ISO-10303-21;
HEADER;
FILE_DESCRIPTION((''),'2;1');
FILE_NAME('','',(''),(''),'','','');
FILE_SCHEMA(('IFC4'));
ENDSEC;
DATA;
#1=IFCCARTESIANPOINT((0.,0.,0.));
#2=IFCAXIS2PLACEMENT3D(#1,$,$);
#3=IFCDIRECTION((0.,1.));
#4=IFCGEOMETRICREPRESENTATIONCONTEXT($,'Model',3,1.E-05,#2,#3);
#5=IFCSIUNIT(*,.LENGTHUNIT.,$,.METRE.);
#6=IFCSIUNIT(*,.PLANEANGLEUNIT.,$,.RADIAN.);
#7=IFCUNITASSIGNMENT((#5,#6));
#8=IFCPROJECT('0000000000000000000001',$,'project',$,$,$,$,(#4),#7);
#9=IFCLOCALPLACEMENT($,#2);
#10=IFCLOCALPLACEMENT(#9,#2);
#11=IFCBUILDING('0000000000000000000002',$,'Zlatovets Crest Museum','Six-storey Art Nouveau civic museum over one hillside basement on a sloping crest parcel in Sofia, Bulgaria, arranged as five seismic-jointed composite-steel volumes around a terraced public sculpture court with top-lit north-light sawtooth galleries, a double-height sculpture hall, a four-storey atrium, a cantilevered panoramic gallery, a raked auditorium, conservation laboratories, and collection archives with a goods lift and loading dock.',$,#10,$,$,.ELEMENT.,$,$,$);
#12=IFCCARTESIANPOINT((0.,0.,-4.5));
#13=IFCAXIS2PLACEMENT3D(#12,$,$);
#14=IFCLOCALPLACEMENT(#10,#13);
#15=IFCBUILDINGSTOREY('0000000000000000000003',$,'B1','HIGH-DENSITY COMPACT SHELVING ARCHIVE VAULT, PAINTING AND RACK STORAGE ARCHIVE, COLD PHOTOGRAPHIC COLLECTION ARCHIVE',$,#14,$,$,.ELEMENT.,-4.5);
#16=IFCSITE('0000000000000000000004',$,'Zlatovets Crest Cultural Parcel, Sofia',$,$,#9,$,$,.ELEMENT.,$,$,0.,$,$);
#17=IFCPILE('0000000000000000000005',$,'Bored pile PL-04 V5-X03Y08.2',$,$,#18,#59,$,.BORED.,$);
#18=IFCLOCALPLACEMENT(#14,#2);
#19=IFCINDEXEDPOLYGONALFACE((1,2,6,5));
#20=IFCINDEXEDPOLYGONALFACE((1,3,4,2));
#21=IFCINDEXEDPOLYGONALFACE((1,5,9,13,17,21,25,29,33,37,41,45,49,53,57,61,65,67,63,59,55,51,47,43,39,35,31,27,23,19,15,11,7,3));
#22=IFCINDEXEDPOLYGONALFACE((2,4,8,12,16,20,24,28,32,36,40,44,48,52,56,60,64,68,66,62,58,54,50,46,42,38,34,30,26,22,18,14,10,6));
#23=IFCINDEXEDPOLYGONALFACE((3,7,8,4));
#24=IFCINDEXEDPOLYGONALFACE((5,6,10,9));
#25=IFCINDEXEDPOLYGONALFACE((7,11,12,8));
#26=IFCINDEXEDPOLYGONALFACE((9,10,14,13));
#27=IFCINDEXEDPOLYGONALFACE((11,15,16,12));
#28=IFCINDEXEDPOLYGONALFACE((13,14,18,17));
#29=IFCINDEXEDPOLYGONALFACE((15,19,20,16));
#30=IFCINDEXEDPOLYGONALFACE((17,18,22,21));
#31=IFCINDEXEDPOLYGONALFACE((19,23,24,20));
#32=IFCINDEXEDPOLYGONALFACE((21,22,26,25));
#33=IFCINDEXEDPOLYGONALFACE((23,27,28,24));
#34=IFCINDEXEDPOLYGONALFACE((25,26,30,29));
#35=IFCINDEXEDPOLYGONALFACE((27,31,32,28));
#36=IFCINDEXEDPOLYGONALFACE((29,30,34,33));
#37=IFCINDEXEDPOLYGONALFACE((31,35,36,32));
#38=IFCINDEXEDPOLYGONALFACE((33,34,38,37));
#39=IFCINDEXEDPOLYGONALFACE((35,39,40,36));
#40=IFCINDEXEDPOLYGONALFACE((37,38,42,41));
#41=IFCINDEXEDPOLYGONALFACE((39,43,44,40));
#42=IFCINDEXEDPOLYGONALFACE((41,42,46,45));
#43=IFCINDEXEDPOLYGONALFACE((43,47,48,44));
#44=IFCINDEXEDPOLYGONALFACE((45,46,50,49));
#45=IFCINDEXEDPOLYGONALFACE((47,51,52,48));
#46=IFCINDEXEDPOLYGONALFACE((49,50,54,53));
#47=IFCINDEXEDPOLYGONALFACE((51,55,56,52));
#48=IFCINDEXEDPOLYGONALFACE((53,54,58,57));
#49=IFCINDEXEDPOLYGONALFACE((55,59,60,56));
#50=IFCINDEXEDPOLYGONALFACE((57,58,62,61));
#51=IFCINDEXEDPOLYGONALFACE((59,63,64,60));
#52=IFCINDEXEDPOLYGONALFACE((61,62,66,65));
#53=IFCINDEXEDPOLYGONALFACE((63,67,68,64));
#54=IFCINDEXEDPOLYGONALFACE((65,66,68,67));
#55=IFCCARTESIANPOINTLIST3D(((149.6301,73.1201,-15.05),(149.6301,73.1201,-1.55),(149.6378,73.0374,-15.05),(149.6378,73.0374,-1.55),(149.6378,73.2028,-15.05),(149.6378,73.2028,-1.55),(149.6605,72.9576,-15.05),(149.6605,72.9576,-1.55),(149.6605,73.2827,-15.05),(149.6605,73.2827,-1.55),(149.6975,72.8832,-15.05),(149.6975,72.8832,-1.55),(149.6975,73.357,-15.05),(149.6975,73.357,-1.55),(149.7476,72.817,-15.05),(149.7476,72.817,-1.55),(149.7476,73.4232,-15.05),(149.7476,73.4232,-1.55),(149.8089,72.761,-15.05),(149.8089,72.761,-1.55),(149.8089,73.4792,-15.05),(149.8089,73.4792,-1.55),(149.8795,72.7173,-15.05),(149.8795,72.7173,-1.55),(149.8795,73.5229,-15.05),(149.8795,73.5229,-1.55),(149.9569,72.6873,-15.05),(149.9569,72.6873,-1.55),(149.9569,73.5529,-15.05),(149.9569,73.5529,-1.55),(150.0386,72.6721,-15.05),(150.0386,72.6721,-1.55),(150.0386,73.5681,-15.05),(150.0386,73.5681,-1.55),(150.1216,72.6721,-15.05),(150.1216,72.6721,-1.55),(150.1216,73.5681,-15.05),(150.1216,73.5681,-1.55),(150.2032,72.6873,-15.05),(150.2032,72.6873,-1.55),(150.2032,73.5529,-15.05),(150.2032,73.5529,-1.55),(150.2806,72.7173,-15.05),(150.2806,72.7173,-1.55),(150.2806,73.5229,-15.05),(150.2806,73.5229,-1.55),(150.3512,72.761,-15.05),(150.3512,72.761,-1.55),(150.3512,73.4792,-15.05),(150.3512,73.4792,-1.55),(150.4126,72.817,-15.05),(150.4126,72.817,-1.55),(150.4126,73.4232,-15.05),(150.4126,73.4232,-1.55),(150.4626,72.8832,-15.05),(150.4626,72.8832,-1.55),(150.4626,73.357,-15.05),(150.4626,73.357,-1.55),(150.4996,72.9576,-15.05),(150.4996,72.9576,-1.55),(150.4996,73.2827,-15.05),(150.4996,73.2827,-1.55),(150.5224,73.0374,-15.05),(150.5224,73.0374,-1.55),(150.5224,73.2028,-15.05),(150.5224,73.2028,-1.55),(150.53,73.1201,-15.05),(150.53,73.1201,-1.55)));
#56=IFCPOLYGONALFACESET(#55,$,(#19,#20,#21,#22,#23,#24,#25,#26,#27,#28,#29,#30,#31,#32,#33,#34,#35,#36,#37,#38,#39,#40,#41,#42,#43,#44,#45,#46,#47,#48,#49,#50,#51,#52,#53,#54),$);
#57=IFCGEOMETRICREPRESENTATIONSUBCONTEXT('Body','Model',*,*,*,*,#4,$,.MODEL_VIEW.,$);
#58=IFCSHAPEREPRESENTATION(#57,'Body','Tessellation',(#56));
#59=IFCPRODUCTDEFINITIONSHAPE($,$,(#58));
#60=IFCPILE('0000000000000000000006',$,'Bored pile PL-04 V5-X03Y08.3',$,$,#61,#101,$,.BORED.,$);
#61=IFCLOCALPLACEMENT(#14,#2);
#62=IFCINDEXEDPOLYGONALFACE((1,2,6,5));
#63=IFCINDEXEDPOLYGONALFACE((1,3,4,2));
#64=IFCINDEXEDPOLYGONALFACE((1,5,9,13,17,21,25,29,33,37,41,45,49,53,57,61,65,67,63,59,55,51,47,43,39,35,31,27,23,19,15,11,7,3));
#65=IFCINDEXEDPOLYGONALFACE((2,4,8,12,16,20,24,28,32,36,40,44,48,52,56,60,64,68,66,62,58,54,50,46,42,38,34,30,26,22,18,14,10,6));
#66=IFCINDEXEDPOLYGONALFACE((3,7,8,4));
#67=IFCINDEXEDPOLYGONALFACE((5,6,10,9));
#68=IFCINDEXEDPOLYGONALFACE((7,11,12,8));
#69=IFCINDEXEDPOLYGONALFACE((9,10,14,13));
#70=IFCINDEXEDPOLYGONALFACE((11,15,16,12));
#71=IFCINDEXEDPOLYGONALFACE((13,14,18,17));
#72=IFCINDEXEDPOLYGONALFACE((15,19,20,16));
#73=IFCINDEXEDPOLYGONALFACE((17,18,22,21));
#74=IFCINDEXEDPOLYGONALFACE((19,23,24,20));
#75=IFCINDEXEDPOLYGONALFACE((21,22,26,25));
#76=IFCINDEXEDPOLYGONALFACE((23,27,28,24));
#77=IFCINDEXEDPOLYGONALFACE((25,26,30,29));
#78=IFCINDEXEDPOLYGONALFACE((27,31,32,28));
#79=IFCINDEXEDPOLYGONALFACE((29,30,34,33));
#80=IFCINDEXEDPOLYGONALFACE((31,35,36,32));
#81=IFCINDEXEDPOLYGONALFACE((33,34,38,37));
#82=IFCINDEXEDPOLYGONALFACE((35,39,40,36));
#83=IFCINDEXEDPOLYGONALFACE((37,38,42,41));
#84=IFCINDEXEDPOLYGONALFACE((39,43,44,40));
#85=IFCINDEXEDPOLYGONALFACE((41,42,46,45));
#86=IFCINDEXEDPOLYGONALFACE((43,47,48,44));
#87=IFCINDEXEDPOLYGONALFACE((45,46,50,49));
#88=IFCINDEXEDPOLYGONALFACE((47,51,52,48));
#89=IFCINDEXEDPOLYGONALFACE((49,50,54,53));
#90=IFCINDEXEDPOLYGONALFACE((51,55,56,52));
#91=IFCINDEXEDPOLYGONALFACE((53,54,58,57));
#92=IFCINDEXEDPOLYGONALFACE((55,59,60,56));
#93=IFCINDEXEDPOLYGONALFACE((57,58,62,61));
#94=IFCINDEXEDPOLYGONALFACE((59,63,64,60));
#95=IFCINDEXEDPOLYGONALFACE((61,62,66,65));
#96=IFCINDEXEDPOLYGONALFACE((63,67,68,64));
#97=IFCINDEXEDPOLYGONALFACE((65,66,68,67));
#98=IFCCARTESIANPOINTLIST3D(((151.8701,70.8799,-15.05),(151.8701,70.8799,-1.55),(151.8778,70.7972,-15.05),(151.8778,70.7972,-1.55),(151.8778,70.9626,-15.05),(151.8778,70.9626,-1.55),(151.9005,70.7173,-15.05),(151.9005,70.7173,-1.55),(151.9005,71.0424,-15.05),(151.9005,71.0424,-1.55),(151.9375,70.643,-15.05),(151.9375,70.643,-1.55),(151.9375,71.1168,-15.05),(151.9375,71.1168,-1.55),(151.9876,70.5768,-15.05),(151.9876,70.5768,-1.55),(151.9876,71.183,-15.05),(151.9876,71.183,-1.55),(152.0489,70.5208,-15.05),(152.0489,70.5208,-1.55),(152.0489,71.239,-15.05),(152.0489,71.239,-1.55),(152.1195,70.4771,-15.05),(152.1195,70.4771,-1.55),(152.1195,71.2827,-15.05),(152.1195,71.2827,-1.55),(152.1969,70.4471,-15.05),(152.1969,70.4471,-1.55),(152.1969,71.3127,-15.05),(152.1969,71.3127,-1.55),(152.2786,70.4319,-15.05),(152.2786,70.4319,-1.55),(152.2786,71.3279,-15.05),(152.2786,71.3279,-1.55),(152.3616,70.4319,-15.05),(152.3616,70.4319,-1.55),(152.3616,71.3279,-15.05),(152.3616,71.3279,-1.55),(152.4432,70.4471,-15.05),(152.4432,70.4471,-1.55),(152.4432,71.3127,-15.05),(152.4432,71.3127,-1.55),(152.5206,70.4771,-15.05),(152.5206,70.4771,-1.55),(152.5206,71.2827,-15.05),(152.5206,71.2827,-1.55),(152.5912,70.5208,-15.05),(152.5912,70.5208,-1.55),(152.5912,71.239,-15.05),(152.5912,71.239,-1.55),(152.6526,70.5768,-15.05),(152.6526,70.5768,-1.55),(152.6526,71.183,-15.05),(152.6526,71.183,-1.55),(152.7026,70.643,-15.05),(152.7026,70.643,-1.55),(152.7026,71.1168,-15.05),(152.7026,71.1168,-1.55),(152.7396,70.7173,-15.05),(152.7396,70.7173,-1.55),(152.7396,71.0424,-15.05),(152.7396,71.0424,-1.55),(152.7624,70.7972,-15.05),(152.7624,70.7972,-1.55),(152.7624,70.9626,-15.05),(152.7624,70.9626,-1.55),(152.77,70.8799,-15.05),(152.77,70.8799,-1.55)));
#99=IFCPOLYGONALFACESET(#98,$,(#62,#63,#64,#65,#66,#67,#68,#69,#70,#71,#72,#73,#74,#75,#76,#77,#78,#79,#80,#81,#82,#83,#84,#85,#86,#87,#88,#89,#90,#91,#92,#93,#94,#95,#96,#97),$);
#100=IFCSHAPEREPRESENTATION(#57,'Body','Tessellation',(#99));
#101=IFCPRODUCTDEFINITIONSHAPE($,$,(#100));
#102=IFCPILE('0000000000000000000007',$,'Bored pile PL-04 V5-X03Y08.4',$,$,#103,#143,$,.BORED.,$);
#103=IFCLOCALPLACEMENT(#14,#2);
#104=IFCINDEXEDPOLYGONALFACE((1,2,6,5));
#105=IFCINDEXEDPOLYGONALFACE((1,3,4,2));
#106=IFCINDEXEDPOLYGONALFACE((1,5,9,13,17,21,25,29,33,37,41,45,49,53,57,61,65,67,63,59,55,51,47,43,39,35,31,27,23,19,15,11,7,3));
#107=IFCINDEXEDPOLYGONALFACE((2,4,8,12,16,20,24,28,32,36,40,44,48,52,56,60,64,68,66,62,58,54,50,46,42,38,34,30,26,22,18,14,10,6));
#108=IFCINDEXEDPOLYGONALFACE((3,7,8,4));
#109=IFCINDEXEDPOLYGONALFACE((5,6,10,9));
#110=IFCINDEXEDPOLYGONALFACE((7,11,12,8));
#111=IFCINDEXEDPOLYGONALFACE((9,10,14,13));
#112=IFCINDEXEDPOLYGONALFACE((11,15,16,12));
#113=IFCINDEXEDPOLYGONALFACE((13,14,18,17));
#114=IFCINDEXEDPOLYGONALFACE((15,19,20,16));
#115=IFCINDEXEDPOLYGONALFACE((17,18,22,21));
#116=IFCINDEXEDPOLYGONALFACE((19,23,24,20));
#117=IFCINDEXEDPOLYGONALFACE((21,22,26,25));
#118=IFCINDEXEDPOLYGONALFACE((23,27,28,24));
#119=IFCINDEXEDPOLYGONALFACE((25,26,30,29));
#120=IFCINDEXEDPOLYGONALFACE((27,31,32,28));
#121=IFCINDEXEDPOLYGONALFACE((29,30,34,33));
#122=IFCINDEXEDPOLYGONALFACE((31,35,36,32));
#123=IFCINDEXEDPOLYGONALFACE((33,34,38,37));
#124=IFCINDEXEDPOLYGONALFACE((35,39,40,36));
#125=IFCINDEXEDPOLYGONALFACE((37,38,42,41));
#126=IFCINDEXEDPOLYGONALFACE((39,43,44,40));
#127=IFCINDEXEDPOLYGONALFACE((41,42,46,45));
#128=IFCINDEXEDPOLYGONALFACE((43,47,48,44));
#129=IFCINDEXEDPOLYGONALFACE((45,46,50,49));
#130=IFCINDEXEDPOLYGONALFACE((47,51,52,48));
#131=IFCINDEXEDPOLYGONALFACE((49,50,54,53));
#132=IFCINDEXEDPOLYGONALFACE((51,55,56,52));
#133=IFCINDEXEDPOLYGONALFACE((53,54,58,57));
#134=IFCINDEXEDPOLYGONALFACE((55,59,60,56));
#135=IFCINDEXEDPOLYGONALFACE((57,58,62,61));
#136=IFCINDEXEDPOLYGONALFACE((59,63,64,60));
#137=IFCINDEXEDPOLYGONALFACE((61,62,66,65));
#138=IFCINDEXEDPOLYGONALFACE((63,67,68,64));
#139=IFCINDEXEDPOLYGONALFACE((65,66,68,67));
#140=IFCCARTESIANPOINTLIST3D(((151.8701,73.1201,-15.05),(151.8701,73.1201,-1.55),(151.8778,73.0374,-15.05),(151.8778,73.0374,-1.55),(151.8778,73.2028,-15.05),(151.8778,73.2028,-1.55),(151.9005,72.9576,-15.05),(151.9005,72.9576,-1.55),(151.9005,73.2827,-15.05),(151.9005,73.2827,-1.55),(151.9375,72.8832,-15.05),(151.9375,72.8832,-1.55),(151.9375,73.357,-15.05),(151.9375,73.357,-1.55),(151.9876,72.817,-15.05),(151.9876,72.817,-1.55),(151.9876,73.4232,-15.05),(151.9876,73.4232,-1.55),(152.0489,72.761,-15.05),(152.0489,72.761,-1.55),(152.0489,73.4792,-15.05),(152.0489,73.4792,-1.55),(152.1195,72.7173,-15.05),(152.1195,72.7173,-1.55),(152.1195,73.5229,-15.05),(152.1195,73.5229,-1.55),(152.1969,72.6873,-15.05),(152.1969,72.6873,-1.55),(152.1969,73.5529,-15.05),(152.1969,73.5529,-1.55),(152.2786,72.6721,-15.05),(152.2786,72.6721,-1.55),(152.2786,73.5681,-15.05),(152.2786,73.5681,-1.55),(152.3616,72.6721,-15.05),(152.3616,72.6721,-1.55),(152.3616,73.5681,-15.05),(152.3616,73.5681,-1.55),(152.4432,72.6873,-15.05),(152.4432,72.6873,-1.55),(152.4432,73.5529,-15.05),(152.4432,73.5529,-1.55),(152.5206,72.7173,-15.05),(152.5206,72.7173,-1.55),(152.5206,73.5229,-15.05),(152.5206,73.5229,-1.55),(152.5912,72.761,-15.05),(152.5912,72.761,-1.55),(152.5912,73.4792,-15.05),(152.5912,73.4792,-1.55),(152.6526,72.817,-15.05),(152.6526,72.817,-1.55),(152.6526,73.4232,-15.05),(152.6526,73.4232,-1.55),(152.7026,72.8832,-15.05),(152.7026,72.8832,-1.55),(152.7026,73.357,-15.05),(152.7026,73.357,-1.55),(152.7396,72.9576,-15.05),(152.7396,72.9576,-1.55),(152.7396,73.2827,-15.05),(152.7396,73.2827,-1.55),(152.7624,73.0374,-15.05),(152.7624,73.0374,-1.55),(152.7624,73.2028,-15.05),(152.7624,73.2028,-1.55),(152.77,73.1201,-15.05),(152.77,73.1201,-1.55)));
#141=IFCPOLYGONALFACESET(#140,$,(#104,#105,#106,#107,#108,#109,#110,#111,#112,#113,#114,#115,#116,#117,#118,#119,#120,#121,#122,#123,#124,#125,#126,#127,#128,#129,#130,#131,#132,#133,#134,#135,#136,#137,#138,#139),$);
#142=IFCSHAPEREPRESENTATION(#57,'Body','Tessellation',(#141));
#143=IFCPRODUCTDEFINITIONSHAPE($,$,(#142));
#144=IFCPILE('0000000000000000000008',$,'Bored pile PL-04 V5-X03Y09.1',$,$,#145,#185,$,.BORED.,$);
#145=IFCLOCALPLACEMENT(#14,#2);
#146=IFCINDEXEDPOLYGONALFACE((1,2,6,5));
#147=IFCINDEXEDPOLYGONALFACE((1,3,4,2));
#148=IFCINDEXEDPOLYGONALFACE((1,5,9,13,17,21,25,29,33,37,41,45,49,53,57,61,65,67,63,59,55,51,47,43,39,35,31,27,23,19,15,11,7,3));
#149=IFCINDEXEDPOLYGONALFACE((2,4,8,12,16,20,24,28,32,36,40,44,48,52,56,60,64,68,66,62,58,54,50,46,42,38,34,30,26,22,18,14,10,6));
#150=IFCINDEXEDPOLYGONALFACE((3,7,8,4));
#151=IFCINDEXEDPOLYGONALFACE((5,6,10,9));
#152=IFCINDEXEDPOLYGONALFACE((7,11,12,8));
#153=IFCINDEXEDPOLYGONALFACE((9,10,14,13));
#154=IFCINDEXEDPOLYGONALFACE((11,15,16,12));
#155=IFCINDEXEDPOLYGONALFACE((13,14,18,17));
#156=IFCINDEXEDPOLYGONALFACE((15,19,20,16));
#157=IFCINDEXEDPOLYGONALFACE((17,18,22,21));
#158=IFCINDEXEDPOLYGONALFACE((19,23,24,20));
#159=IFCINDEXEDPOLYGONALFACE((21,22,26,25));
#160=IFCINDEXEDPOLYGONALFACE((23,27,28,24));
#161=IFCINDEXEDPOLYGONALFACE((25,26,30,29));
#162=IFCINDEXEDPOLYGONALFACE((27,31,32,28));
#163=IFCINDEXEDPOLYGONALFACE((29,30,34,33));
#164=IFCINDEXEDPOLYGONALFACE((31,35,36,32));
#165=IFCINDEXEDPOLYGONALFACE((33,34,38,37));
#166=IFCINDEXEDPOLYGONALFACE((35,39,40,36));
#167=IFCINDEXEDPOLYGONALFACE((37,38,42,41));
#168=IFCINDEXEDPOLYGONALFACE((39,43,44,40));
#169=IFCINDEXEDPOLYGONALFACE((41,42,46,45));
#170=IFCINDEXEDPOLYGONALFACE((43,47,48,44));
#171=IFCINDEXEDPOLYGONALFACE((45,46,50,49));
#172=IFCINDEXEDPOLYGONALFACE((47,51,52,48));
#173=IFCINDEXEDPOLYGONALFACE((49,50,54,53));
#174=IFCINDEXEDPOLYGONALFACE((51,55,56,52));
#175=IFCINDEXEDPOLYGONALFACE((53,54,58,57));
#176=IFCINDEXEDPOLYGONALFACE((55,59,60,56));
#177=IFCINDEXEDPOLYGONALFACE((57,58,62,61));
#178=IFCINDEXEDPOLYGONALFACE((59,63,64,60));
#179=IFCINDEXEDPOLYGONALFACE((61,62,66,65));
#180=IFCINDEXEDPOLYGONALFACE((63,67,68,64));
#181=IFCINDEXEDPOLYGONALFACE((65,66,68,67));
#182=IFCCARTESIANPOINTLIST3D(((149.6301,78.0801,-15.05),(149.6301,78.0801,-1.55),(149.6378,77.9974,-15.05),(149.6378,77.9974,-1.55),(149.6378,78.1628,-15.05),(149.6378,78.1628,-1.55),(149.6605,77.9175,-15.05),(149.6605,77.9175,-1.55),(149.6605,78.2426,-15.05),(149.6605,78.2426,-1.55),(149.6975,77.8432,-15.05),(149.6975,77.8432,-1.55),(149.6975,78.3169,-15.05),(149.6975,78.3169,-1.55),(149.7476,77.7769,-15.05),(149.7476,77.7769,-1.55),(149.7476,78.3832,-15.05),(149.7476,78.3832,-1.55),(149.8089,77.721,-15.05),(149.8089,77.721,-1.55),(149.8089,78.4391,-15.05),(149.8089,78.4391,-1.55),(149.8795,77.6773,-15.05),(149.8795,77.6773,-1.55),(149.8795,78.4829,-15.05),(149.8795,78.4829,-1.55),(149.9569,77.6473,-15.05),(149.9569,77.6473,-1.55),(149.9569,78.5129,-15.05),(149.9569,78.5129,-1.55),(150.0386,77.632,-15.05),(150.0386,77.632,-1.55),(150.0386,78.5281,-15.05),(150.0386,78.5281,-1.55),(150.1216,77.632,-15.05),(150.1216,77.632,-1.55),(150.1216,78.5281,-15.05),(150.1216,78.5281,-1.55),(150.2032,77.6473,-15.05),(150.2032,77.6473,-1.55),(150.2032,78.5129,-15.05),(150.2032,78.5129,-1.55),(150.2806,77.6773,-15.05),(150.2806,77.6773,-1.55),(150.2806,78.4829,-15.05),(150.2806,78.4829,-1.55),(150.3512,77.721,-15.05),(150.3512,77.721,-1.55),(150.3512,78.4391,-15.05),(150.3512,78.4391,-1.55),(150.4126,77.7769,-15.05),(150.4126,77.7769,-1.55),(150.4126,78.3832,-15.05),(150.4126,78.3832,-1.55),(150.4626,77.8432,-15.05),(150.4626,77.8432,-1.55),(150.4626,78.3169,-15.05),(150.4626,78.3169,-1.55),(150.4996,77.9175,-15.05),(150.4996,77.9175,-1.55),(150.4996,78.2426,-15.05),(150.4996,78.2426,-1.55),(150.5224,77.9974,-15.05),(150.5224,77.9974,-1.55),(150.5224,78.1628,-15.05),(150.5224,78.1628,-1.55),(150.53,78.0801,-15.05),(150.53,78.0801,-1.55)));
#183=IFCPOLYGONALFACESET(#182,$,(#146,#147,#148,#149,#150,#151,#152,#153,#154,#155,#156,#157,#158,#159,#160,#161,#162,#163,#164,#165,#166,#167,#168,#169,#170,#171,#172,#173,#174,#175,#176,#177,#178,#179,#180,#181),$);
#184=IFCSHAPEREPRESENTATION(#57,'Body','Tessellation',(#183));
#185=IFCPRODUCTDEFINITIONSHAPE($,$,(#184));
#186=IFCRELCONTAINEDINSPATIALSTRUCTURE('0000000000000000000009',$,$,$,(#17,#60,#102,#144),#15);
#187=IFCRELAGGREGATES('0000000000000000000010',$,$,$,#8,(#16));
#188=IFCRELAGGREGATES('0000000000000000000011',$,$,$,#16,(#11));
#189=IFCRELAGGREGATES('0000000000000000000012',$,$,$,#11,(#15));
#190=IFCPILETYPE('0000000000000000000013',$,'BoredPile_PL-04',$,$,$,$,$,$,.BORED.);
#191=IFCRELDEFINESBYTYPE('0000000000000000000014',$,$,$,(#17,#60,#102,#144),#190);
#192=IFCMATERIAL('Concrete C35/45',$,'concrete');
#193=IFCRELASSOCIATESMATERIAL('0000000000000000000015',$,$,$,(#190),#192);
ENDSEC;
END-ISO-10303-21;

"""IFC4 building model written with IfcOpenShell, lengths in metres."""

from ifc_helpers import new_model, si_unit, direction, frame, origin, origin_2d, place, context, subcontext, project, spatial, circle, extrude, material, material_profile, profile_set, type_object, element, save


model = new_model("IFC4")

# Units and contexts
model_context = context("Model", 3, precision=1e-05, world=origin(), true_north=direction((0.0, 1.0)))
body_context = subcontext(model_context, "Body", "Model", "MODEL_VIEW")
ifc_project = project(units=[si_unit("LENGTHUNIT", "METRE"), si_unit("PLANEANGLEUNIT", "RADIAN")], contexts=[model_context])

# Site, building, storey
site_placement = place(None, origin())
site = spatial("IfcSite", under=ifc_project, at=site_placement, Name="Zlatovets Crest Cultural Parcel, Sofia", CompositionType="ELEMENT", RefElevation=0.0)
building_placement = place(site_placement, origin())
building = spatial("IfcBuilding", under=site, at=building_placement, Name="Zlatovets Crest Museum", Description="Six-storey Art Nouveau civic museum over one hillside basement on a sloping crest parcel in Sofia, Bulgaria, arranged as five seismic-jointed composite-steel volumes around a terraced public sculpture court with top-lit north-light sawtooth galleries, a double-height sculpture hall, a four-storey atrium, a cantilevered panoramic gallery, a raked auditorium, conservation laboratories, and collection archives with a goods lift and loading dock.", CompositionType="ELEMENT")
storey_placement = place(building_placement, frame((0.0, 0.0, -4.5)))
storey = spatial("IfcBuildingStorey", under=building, at=storey_placement, Name="B1", Description="HIGH-DENSITY COMPACT SHELVING ARCHIVE VAULT, PAINTING AND RACK STORAGE ARCHIVE, COLD PHOTOGRAPHIC COLLECTION ARCHIVE", CompositionType="ELEMENT", Elevation=-4.5)

# Piles
ifc_material = material(Name="Concrete C35/45", Category="concrete")
ifc_material_profile_1 = material_profile(ifc_material, circle(Radius=0.45, at=origin_2d()), Name="PILE D900")
ifc_profile_set_1 = profile_set([ifc_material_profile_1], Name="Concrete C35/45")
pile_type = type_object("IfcPileType", Name="BoredPile_PL-04", PredefinedType="BORED", material=ifc_profile_set_1)
for number, where, z_axis, x_axis, name in (
    (1, (150.0801, 73.1201, -1.55), (0.0, 0.0, -1.0), (1.0, 0.0, 0.0), "Bored pile PL-04 V5-X03Y08.2"),
    (2, (152.3201, 70.8799, -1.55), (0.0, 0.0, -1.0), (1.0, 0.0, 0.0), "Bored pile PL-04 V5-X03Y08.3"),
    (3, (152.3201, 73.1201, -1.55), (0.0, 0.0, -1.0), (1.0, 0.0, 0.0), "Bored pile PL-04 V5-X03Y08.4"),
    (4, (150.0801, 78.0801, -1.55), (0.0, 0.0, -1.0), (1.0, 0.0, 0.0), "Bored pile PL-04 V5-X03Y09.1"),
):
    element("IfcPile", number, at=place(storey_placement, frame(where, z_axis=z_axis, x_axis=x_axis)), inside=storey, type_object=pile_type, Name=name, PredefinedType="BORED", context=body_context, shape_type="SweptSolid", body=[
        extrude(circle(Radius=0.45, at=origin_2d()), origin(), (0.0, 0.0, 1.0), 13.5),
    ])

save(model, "model.ifc")
